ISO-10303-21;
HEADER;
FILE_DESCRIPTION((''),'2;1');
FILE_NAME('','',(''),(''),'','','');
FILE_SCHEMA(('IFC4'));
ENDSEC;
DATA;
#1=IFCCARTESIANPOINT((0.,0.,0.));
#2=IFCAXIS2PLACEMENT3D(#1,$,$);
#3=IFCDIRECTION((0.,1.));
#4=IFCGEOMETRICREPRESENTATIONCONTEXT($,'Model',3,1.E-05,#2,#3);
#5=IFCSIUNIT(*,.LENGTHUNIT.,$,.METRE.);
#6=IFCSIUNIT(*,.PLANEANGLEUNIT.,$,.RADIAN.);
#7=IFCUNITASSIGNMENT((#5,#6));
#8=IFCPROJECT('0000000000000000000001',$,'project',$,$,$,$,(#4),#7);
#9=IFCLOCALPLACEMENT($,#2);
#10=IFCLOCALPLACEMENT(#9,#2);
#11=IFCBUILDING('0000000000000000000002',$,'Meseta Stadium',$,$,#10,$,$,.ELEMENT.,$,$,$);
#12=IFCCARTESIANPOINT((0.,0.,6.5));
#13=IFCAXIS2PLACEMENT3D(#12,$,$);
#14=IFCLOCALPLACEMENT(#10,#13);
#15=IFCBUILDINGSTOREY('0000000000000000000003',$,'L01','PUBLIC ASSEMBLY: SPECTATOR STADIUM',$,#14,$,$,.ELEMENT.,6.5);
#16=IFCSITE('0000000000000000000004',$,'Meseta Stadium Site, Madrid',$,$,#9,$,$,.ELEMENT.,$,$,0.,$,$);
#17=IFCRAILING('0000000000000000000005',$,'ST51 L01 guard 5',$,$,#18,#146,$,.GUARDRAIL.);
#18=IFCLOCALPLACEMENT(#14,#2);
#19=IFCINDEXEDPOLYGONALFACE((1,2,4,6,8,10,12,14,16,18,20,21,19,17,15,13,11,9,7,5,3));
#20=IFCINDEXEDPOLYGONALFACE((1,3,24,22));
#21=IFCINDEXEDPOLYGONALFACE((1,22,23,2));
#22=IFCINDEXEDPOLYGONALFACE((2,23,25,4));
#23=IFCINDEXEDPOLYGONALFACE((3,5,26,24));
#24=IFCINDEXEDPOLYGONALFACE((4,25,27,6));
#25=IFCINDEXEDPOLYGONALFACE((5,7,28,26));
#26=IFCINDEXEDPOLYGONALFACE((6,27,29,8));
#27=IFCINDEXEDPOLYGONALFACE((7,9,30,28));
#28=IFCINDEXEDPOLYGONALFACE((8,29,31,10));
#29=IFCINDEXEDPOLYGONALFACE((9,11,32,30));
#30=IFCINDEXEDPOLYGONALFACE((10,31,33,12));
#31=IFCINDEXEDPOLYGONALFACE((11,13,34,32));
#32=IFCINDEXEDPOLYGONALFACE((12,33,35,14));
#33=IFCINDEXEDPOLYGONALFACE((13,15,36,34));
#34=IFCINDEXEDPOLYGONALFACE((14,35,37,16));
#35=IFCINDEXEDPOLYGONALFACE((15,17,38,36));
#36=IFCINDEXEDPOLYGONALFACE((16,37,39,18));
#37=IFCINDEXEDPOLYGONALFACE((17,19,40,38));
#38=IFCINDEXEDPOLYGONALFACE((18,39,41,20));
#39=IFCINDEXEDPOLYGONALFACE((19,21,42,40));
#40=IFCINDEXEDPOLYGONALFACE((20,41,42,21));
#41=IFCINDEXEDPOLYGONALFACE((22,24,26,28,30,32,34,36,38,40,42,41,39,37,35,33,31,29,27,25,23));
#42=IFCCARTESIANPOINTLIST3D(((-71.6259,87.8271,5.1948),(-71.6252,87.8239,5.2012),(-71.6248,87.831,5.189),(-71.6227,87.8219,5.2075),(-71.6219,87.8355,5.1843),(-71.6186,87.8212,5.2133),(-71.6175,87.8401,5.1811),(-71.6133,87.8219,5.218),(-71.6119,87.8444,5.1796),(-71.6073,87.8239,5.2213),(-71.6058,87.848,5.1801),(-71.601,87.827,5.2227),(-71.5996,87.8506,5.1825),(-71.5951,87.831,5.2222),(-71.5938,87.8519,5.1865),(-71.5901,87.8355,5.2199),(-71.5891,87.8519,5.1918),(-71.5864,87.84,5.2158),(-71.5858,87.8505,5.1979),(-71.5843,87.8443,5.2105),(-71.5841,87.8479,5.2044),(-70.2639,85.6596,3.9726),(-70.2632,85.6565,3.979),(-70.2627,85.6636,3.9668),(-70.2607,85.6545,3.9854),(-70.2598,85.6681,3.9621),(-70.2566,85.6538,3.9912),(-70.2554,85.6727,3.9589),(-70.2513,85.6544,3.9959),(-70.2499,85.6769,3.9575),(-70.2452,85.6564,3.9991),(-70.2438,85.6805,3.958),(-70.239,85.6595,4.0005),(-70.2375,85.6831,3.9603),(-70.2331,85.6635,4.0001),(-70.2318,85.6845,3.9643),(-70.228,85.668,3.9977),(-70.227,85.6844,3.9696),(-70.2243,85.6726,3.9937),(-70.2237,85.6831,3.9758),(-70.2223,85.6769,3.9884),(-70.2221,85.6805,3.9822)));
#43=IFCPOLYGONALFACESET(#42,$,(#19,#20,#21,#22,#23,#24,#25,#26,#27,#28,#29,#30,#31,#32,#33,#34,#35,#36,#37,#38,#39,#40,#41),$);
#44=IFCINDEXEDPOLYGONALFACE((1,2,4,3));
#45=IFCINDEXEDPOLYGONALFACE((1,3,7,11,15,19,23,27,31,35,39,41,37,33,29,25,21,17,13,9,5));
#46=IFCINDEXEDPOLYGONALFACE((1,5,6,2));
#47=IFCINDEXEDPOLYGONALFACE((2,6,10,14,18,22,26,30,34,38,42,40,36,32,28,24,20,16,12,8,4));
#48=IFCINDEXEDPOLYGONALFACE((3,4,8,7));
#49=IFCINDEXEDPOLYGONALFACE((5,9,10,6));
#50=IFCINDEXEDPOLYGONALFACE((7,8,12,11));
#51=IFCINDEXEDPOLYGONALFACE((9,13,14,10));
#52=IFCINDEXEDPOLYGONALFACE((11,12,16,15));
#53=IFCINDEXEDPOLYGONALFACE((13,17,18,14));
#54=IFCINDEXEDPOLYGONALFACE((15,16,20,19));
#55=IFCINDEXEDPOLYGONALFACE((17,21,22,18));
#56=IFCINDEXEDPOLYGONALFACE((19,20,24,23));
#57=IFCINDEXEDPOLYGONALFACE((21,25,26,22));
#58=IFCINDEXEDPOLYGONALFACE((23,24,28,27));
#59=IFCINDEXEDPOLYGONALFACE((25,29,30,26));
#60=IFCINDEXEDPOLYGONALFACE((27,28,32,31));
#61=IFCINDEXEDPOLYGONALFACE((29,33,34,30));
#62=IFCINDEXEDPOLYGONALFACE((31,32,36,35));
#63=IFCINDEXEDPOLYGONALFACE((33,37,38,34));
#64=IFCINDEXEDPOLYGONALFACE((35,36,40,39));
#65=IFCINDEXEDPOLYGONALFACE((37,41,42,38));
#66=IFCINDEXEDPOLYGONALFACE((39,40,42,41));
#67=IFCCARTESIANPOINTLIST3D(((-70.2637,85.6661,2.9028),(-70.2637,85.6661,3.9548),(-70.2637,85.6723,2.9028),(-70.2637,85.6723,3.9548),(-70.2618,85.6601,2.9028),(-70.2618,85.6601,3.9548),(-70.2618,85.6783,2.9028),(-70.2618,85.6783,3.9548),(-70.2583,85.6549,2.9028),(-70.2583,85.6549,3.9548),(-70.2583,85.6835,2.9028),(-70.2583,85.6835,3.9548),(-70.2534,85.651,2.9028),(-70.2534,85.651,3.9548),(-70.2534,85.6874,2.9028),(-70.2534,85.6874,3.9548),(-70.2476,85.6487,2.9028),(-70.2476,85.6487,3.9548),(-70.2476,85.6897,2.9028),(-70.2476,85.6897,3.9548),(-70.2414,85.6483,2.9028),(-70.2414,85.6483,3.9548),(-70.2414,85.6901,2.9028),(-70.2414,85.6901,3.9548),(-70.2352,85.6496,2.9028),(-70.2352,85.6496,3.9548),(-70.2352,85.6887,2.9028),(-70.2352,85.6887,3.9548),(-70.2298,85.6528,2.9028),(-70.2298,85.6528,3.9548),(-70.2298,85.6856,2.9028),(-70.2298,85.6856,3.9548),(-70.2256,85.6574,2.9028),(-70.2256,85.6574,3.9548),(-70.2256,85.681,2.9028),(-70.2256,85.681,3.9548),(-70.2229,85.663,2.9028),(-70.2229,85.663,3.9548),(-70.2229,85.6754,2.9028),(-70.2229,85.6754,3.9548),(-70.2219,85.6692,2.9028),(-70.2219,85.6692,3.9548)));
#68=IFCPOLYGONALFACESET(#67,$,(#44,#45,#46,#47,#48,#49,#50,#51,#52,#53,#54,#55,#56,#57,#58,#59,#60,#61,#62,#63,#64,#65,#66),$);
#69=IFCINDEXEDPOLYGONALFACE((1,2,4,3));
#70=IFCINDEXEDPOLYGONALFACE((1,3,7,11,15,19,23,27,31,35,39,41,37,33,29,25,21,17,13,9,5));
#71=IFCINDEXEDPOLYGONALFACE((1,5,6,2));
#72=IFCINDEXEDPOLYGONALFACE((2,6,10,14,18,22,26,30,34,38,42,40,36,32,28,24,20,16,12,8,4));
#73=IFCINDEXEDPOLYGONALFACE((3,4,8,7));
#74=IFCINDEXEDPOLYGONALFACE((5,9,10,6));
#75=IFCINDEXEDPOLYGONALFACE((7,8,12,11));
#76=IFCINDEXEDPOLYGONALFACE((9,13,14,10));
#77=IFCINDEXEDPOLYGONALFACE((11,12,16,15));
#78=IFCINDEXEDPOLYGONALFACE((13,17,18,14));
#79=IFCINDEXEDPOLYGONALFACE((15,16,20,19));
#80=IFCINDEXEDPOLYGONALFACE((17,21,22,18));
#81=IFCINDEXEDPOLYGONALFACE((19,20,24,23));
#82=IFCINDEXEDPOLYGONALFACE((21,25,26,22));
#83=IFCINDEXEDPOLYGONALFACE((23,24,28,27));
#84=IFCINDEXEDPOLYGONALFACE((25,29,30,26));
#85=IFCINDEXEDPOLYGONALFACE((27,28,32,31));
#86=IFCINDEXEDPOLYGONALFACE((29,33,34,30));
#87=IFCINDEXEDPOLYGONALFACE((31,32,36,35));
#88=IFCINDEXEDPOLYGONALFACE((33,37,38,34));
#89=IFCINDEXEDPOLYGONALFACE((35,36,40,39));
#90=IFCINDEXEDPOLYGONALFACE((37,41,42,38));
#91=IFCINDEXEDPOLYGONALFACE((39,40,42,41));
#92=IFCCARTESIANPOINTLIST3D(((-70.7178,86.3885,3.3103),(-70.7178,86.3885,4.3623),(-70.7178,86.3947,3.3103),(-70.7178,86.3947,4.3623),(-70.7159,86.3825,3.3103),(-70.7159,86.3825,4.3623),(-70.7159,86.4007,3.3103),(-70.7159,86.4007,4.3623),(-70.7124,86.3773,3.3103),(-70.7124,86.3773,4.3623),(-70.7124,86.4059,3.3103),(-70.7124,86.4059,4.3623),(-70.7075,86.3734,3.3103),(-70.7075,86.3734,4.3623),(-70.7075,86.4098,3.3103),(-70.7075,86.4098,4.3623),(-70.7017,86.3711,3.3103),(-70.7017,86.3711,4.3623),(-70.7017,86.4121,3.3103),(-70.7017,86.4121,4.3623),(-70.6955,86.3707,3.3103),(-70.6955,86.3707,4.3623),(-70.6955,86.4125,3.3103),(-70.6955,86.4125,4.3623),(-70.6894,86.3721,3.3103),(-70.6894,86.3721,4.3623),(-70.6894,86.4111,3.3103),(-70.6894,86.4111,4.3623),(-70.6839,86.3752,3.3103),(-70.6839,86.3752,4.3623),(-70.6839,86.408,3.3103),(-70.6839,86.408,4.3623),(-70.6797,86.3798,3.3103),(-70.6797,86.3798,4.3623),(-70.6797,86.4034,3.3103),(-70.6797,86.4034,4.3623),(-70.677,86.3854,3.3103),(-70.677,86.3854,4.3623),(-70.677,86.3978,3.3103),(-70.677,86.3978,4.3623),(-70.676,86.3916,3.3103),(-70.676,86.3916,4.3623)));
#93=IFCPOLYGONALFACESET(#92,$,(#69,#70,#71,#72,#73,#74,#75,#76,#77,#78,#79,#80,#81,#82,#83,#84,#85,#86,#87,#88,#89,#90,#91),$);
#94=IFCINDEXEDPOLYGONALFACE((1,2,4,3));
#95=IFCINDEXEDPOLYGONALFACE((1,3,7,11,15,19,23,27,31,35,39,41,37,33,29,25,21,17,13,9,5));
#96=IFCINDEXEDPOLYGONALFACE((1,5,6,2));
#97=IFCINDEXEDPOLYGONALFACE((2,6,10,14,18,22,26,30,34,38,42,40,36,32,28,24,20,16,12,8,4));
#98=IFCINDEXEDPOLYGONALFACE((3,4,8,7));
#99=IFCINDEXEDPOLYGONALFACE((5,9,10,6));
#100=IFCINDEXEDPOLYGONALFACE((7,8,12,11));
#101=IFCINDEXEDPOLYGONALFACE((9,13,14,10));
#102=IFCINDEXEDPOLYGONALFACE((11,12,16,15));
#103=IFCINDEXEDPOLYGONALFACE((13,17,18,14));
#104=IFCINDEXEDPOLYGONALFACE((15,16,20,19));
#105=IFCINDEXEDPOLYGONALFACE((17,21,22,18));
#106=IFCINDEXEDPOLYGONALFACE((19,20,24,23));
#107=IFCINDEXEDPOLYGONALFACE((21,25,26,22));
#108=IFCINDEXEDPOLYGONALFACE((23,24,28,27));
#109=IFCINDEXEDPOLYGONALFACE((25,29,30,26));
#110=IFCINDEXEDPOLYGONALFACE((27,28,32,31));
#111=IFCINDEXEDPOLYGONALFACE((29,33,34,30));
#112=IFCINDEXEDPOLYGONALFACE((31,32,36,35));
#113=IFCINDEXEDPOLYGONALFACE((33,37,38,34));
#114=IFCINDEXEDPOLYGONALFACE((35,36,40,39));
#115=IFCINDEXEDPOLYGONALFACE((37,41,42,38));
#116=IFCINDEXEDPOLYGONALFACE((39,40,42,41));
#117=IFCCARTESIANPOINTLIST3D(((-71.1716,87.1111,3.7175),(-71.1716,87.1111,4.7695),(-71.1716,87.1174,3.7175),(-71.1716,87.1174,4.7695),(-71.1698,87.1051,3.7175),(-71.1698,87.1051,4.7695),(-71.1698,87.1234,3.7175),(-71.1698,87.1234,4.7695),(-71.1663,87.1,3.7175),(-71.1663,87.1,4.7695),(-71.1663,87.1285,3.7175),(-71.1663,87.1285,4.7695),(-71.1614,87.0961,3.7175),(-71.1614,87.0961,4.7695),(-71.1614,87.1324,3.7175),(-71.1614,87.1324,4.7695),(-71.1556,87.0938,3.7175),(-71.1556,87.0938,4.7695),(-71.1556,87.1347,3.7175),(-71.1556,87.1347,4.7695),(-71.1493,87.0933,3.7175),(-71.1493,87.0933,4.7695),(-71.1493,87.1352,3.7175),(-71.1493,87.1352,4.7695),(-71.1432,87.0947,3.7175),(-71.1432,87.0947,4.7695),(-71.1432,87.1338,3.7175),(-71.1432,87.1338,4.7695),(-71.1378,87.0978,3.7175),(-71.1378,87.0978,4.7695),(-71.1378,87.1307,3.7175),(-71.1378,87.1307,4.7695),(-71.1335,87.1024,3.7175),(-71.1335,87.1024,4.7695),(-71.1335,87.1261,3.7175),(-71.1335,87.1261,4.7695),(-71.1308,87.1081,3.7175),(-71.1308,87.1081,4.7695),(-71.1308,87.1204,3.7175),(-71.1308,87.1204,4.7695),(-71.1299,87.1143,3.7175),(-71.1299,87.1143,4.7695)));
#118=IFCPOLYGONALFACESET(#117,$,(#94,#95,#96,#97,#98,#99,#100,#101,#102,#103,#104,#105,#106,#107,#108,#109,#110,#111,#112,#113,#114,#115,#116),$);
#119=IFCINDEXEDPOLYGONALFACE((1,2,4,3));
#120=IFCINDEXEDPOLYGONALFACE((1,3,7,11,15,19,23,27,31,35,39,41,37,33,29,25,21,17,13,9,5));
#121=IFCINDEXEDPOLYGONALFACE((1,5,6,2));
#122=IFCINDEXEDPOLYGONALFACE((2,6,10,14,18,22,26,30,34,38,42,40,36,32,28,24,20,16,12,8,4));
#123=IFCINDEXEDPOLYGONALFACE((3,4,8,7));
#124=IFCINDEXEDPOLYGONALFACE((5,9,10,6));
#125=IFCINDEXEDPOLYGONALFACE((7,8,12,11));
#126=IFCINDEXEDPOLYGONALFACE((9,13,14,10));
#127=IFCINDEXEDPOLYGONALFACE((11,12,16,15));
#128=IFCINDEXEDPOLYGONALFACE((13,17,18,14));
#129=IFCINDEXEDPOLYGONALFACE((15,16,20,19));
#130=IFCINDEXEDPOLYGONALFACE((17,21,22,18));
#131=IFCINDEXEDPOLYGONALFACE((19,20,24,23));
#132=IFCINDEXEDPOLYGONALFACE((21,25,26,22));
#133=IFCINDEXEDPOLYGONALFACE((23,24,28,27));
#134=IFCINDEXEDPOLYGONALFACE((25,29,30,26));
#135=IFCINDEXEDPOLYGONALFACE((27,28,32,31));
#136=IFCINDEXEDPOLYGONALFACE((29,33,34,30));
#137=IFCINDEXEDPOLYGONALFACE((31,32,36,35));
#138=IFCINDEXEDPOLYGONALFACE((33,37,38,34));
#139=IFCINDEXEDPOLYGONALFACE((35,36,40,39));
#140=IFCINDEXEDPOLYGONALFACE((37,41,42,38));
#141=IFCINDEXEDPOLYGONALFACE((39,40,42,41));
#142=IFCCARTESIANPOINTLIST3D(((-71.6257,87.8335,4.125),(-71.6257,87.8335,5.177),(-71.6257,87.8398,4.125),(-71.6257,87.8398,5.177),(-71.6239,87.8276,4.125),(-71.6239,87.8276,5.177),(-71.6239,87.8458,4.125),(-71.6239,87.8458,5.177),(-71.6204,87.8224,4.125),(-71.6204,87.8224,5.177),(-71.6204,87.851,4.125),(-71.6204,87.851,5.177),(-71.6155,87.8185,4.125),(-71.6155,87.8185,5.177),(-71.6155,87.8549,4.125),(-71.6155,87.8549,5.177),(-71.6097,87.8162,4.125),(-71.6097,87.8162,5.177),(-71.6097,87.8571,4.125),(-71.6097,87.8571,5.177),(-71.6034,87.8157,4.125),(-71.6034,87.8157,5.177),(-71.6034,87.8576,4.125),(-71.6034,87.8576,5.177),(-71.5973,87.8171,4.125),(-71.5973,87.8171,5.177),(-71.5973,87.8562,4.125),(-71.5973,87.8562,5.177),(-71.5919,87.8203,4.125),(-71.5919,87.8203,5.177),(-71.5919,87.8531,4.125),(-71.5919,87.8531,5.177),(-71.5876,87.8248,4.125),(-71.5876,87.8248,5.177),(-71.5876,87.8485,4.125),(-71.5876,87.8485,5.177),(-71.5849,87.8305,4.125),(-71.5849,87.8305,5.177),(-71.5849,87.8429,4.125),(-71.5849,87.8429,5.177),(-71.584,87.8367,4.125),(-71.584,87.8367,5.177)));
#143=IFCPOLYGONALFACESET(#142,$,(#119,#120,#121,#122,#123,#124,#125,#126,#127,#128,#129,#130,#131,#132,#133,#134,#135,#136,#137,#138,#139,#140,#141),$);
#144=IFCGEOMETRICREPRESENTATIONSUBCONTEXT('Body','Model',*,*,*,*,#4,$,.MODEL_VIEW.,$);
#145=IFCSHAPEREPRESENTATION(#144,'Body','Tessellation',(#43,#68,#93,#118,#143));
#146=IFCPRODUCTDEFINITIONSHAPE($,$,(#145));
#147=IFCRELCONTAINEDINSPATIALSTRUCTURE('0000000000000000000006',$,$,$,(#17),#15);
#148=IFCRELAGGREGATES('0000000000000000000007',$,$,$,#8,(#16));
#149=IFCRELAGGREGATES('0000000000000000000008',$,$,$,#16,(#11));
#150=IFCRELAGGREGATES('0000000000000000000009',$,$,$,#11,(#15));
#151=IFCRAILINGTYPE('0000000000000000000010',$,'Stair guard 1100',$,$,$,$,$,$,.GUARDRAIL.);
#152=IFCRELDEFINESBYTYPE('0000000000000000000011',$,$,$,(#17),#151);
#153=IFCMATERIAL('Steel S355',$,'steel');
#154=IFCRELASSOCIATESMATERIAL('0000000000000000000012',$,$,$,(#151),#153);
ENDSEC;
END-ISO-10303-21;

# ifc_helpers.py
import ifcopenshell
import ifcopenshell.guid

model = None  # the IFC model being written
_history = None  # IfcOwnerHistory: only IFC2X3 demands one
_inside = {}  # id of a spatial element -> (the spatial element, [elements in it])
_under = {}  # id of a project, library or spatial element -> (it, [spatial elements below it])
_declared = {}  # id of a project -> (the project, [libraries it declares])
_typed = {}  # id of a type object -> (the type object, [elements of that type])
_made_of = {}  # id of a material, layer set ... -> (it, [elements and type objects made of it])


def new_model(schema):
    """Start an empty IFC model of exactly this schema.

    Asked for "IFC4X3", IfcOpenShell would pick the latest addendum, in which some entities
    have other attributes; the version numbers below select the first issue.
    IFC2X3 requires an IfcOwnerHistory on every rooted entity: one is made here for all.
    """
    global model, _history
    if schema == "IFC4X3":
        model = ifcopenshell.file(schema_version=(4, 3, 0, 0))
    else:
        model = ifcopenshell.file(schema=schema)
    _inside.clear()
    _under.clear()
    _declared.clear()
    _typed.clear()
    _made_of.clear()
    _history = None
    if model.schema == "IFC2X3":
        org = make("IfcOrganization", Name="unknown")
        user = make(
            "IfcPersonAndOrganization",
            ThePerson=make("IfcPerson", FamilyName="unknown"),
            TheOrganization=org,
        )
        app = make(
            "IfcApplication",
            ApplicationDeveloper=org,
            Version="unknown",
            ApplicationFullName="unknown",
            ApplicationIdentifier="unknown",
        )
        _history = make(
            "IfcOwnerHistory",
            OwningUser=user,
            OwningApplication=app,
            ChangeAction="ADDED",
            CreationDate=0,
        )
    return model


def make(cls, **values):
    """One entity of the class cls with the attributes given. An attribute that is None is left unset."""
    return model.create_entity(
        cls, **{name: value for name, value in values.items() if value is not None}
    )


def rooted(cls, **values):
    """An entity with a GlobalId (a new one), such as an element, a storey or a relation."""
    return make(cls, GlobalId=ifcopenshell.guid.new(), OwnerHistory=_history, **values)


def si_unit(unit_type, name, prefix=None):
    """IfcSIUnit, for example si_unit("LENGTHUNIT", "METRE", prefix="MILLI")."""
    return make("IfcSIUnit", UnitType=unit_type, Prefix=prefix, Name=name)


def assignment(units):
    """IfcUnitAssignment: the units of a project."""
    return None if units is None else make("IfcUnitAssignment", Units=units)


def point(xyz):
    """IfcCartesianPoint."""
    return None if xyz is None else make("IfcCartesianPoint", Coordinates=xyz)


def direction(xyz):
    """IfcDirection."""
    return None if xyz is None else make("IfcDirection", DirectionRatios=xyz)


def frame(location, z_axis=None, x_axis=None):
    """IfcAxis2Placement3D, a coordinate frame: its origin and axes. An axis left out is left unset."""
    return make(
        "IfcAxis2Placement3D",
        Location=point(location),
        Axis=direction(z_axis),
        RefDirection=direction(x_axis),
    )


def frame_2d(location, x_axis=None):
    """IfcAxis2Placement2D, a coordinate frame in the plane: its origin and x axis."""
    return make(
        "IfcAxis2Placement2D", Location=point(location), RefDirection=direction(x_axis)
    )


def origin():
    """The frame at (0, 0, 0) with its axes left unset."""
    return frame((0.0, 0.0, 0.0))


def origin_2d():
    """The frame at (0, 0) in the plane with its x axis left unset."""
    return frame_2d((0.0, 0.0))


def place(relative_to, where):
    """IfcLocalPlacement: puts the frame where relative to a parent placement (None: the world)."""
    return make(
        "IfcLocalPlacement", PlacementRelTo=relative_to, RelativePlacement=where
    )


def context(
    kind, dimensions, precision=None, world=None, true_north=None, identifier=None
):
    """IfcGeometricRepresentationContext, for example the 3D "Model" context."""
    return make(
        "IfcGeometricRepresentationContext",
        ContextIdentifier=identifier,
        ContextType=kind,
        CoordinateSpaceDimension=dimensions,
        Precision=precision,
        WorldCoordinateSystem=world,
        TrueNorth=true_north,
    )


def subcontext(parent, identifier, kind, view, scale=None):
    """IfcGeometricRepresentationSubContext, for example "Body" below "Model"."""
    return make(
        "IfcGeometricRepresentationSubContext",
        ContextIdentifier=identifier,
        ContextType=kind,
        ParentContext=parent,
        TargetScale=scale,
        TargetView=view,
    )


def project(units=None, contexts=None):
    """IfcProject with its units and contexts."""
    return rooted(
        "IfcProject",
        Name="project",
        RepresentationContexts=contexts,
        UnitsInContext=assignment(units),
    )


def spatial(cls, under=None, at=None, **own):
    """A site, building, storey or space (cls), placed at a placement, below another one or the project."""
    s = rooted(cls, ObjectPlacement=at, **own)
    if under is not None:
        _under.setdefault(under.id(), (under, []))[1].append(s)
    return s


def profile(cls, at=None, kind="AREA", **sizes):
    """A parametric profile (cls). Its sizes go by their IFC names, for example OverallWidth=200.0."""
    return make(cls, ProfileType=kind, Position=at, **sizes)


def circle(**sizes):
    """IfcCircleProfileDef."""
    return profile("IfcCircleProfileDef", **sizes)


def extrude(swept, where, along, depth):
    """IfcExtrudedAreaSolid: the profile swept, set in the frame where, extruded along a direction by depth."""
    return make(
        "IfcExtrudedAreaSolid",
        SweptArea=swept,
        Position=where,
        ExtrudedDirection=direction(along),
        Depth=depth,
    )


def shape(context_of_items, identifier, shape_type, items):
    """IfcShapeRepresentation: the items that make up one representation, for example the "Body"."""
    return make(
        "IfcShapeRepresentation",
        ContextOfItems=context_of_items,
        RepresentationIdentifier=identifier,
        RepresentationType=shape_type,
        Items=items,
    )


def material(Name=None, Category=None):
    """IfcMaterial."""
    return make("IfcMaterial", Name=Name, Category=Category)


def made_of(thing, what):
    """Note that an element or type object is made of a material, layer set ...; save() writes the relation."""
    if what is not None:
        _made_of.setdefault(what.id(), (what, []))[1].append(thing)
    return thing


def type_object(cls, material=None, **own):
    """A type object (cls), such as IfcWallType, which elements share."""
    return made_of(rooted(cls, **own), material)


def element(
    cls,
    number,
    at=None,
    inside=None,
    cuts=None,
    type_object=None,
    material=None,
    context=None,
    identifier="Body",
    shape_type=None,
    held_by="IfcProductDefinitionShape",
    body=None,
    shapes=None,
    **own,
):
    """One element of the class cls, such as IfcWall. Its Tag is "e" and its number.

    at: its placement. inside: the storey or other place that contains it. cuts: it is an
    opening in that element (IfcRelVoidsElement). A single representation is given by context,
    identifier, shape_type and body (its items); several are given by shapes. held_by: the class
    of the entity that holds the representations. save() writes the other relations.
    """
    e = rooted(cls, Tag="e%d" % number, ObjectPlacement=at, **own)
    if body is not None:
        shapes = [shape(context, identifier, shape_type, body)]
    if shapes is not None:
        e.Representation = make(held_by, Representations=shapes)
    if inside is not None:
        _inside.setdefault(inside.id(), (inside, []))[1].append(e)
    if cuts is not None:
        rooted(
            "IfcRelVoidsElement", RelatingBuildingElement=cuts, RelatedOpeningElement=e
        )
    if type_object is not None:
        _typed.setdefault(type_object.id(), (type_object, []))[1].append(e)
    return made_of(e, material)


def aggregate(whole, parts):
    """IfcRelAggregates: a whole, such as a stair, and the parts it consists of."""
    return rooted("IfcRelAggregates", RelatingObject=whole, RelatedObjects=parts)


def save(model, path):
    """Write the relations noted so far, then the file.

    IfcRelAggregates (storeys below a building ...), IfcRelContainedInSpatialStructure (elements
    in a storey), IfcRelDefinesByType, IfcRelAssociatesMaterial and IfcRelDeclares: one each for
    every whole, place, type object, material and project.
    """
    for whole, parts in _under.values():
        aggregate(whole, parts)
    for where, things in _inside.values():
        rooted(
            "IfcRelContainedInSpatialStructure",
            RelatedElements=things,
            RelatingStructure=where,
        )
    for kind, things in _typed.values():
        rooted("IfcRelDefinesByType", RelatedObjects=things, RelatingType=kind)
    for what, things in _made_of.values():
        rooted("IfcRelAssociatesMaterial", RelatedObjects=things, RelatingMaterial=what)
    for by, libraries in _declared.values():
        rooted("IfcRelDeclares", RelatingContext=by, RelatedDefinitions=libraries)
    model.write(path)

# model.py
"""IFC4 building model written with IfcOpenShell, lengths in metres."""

from ifc_helpers import new_model, si_unit, direction, frame, origin, origin_2d, place, context, subcontext, project, spatial, circle, extrude, material, type_object, element, save


model = new_model("IFC4")

# Units and contexts
model_context = context("Model", 3, precision=1e-05, world=origin(), true_north=direction((0.0, 1.0)))
body_context = subcontext(model_context, "Body", "Model", "MODEL_VIEW")
ifc_project = project(units=[si_unit("LENGTHUNIT", "METRE"), si_unit("PLANEANGLEUNIT", "RADIAN")], contexts=[model_context])

# Site, building, storey
site_placement = place(None, origin())
site = spatial("IfcSite", under=ifc_project, at=site_placement, Name="Meseta Stadium Site, Madrid", CompositionType="ELEMENT", RefElevation=0.0)
building_placement = place(site_placement, origin())
building = spatial("IfcBuilding", under=site, at=building_placement, Name="Meseta Stadium", CompositionType="ELEMENT")
storey_placement = place(building_placement, frame((0.0, 0.0, 6.5)))
storey = spatial("IfcBuildingStorey", under=building, at=storey_placement, Name="L01", Description="PUBLIC ASSEMBLY: SPECTATOR STADIUM", CompositionType="ELEMENT", Elevation=6.5)

# Railing
ifc_material_1 = material(Name="Steel S355", Category="steel")
railing_type_1 = type_object("IfcRailingType", Name="Stair guard 1100", PredefinedType="GUARDRAIL", material=ifc_material_1)
railing_1_placement = place(storey_placement, frame((-70.2429, 85.6692, 2.9028)))
element("IfcRailing", 1, at=railing_1_placement, inside=storey, type_object=railing_type_1, Name="ST51 L01 guard 5", PredefinedType="GUARDRAIL", context=body_context, shape_type="SweptSolid", body=[
    extrude(circle(Radius=0.0239, at=origin_2d()), frame((0.0, 0.0, 1.0762), z_axis=(-0.480156, 0.764085, 0.430841), x_axis=(-0.846699, -0.532072, 0.0)), (0.0, 0.0, 1.0), 2.8367),
    extrude(circle(Radius=0.021, at=origin_2d()), origin(), (0.0, 0.0, 1.0), 1.052),
    extrude(circle(Radius=0.021, at=origin_2d()), frame((-0.4541, 0.7224, 0.4075)), (0.0, 0.0, 1.0), 1.052),
    extrude(circle(Radius=0.021, at=origin_2d()), frame((-0.908, 1.4451, 0.8147)), (0.0, 0.0, 1.0), 1.052),
    extrude(circle(Radius=0.021, at=origin_2d()), frame((-1.3621, 2.1675, 1.2222)), (0.0, 0.0, 1.0), 1.052),
])

save(model, "model.ifc")
